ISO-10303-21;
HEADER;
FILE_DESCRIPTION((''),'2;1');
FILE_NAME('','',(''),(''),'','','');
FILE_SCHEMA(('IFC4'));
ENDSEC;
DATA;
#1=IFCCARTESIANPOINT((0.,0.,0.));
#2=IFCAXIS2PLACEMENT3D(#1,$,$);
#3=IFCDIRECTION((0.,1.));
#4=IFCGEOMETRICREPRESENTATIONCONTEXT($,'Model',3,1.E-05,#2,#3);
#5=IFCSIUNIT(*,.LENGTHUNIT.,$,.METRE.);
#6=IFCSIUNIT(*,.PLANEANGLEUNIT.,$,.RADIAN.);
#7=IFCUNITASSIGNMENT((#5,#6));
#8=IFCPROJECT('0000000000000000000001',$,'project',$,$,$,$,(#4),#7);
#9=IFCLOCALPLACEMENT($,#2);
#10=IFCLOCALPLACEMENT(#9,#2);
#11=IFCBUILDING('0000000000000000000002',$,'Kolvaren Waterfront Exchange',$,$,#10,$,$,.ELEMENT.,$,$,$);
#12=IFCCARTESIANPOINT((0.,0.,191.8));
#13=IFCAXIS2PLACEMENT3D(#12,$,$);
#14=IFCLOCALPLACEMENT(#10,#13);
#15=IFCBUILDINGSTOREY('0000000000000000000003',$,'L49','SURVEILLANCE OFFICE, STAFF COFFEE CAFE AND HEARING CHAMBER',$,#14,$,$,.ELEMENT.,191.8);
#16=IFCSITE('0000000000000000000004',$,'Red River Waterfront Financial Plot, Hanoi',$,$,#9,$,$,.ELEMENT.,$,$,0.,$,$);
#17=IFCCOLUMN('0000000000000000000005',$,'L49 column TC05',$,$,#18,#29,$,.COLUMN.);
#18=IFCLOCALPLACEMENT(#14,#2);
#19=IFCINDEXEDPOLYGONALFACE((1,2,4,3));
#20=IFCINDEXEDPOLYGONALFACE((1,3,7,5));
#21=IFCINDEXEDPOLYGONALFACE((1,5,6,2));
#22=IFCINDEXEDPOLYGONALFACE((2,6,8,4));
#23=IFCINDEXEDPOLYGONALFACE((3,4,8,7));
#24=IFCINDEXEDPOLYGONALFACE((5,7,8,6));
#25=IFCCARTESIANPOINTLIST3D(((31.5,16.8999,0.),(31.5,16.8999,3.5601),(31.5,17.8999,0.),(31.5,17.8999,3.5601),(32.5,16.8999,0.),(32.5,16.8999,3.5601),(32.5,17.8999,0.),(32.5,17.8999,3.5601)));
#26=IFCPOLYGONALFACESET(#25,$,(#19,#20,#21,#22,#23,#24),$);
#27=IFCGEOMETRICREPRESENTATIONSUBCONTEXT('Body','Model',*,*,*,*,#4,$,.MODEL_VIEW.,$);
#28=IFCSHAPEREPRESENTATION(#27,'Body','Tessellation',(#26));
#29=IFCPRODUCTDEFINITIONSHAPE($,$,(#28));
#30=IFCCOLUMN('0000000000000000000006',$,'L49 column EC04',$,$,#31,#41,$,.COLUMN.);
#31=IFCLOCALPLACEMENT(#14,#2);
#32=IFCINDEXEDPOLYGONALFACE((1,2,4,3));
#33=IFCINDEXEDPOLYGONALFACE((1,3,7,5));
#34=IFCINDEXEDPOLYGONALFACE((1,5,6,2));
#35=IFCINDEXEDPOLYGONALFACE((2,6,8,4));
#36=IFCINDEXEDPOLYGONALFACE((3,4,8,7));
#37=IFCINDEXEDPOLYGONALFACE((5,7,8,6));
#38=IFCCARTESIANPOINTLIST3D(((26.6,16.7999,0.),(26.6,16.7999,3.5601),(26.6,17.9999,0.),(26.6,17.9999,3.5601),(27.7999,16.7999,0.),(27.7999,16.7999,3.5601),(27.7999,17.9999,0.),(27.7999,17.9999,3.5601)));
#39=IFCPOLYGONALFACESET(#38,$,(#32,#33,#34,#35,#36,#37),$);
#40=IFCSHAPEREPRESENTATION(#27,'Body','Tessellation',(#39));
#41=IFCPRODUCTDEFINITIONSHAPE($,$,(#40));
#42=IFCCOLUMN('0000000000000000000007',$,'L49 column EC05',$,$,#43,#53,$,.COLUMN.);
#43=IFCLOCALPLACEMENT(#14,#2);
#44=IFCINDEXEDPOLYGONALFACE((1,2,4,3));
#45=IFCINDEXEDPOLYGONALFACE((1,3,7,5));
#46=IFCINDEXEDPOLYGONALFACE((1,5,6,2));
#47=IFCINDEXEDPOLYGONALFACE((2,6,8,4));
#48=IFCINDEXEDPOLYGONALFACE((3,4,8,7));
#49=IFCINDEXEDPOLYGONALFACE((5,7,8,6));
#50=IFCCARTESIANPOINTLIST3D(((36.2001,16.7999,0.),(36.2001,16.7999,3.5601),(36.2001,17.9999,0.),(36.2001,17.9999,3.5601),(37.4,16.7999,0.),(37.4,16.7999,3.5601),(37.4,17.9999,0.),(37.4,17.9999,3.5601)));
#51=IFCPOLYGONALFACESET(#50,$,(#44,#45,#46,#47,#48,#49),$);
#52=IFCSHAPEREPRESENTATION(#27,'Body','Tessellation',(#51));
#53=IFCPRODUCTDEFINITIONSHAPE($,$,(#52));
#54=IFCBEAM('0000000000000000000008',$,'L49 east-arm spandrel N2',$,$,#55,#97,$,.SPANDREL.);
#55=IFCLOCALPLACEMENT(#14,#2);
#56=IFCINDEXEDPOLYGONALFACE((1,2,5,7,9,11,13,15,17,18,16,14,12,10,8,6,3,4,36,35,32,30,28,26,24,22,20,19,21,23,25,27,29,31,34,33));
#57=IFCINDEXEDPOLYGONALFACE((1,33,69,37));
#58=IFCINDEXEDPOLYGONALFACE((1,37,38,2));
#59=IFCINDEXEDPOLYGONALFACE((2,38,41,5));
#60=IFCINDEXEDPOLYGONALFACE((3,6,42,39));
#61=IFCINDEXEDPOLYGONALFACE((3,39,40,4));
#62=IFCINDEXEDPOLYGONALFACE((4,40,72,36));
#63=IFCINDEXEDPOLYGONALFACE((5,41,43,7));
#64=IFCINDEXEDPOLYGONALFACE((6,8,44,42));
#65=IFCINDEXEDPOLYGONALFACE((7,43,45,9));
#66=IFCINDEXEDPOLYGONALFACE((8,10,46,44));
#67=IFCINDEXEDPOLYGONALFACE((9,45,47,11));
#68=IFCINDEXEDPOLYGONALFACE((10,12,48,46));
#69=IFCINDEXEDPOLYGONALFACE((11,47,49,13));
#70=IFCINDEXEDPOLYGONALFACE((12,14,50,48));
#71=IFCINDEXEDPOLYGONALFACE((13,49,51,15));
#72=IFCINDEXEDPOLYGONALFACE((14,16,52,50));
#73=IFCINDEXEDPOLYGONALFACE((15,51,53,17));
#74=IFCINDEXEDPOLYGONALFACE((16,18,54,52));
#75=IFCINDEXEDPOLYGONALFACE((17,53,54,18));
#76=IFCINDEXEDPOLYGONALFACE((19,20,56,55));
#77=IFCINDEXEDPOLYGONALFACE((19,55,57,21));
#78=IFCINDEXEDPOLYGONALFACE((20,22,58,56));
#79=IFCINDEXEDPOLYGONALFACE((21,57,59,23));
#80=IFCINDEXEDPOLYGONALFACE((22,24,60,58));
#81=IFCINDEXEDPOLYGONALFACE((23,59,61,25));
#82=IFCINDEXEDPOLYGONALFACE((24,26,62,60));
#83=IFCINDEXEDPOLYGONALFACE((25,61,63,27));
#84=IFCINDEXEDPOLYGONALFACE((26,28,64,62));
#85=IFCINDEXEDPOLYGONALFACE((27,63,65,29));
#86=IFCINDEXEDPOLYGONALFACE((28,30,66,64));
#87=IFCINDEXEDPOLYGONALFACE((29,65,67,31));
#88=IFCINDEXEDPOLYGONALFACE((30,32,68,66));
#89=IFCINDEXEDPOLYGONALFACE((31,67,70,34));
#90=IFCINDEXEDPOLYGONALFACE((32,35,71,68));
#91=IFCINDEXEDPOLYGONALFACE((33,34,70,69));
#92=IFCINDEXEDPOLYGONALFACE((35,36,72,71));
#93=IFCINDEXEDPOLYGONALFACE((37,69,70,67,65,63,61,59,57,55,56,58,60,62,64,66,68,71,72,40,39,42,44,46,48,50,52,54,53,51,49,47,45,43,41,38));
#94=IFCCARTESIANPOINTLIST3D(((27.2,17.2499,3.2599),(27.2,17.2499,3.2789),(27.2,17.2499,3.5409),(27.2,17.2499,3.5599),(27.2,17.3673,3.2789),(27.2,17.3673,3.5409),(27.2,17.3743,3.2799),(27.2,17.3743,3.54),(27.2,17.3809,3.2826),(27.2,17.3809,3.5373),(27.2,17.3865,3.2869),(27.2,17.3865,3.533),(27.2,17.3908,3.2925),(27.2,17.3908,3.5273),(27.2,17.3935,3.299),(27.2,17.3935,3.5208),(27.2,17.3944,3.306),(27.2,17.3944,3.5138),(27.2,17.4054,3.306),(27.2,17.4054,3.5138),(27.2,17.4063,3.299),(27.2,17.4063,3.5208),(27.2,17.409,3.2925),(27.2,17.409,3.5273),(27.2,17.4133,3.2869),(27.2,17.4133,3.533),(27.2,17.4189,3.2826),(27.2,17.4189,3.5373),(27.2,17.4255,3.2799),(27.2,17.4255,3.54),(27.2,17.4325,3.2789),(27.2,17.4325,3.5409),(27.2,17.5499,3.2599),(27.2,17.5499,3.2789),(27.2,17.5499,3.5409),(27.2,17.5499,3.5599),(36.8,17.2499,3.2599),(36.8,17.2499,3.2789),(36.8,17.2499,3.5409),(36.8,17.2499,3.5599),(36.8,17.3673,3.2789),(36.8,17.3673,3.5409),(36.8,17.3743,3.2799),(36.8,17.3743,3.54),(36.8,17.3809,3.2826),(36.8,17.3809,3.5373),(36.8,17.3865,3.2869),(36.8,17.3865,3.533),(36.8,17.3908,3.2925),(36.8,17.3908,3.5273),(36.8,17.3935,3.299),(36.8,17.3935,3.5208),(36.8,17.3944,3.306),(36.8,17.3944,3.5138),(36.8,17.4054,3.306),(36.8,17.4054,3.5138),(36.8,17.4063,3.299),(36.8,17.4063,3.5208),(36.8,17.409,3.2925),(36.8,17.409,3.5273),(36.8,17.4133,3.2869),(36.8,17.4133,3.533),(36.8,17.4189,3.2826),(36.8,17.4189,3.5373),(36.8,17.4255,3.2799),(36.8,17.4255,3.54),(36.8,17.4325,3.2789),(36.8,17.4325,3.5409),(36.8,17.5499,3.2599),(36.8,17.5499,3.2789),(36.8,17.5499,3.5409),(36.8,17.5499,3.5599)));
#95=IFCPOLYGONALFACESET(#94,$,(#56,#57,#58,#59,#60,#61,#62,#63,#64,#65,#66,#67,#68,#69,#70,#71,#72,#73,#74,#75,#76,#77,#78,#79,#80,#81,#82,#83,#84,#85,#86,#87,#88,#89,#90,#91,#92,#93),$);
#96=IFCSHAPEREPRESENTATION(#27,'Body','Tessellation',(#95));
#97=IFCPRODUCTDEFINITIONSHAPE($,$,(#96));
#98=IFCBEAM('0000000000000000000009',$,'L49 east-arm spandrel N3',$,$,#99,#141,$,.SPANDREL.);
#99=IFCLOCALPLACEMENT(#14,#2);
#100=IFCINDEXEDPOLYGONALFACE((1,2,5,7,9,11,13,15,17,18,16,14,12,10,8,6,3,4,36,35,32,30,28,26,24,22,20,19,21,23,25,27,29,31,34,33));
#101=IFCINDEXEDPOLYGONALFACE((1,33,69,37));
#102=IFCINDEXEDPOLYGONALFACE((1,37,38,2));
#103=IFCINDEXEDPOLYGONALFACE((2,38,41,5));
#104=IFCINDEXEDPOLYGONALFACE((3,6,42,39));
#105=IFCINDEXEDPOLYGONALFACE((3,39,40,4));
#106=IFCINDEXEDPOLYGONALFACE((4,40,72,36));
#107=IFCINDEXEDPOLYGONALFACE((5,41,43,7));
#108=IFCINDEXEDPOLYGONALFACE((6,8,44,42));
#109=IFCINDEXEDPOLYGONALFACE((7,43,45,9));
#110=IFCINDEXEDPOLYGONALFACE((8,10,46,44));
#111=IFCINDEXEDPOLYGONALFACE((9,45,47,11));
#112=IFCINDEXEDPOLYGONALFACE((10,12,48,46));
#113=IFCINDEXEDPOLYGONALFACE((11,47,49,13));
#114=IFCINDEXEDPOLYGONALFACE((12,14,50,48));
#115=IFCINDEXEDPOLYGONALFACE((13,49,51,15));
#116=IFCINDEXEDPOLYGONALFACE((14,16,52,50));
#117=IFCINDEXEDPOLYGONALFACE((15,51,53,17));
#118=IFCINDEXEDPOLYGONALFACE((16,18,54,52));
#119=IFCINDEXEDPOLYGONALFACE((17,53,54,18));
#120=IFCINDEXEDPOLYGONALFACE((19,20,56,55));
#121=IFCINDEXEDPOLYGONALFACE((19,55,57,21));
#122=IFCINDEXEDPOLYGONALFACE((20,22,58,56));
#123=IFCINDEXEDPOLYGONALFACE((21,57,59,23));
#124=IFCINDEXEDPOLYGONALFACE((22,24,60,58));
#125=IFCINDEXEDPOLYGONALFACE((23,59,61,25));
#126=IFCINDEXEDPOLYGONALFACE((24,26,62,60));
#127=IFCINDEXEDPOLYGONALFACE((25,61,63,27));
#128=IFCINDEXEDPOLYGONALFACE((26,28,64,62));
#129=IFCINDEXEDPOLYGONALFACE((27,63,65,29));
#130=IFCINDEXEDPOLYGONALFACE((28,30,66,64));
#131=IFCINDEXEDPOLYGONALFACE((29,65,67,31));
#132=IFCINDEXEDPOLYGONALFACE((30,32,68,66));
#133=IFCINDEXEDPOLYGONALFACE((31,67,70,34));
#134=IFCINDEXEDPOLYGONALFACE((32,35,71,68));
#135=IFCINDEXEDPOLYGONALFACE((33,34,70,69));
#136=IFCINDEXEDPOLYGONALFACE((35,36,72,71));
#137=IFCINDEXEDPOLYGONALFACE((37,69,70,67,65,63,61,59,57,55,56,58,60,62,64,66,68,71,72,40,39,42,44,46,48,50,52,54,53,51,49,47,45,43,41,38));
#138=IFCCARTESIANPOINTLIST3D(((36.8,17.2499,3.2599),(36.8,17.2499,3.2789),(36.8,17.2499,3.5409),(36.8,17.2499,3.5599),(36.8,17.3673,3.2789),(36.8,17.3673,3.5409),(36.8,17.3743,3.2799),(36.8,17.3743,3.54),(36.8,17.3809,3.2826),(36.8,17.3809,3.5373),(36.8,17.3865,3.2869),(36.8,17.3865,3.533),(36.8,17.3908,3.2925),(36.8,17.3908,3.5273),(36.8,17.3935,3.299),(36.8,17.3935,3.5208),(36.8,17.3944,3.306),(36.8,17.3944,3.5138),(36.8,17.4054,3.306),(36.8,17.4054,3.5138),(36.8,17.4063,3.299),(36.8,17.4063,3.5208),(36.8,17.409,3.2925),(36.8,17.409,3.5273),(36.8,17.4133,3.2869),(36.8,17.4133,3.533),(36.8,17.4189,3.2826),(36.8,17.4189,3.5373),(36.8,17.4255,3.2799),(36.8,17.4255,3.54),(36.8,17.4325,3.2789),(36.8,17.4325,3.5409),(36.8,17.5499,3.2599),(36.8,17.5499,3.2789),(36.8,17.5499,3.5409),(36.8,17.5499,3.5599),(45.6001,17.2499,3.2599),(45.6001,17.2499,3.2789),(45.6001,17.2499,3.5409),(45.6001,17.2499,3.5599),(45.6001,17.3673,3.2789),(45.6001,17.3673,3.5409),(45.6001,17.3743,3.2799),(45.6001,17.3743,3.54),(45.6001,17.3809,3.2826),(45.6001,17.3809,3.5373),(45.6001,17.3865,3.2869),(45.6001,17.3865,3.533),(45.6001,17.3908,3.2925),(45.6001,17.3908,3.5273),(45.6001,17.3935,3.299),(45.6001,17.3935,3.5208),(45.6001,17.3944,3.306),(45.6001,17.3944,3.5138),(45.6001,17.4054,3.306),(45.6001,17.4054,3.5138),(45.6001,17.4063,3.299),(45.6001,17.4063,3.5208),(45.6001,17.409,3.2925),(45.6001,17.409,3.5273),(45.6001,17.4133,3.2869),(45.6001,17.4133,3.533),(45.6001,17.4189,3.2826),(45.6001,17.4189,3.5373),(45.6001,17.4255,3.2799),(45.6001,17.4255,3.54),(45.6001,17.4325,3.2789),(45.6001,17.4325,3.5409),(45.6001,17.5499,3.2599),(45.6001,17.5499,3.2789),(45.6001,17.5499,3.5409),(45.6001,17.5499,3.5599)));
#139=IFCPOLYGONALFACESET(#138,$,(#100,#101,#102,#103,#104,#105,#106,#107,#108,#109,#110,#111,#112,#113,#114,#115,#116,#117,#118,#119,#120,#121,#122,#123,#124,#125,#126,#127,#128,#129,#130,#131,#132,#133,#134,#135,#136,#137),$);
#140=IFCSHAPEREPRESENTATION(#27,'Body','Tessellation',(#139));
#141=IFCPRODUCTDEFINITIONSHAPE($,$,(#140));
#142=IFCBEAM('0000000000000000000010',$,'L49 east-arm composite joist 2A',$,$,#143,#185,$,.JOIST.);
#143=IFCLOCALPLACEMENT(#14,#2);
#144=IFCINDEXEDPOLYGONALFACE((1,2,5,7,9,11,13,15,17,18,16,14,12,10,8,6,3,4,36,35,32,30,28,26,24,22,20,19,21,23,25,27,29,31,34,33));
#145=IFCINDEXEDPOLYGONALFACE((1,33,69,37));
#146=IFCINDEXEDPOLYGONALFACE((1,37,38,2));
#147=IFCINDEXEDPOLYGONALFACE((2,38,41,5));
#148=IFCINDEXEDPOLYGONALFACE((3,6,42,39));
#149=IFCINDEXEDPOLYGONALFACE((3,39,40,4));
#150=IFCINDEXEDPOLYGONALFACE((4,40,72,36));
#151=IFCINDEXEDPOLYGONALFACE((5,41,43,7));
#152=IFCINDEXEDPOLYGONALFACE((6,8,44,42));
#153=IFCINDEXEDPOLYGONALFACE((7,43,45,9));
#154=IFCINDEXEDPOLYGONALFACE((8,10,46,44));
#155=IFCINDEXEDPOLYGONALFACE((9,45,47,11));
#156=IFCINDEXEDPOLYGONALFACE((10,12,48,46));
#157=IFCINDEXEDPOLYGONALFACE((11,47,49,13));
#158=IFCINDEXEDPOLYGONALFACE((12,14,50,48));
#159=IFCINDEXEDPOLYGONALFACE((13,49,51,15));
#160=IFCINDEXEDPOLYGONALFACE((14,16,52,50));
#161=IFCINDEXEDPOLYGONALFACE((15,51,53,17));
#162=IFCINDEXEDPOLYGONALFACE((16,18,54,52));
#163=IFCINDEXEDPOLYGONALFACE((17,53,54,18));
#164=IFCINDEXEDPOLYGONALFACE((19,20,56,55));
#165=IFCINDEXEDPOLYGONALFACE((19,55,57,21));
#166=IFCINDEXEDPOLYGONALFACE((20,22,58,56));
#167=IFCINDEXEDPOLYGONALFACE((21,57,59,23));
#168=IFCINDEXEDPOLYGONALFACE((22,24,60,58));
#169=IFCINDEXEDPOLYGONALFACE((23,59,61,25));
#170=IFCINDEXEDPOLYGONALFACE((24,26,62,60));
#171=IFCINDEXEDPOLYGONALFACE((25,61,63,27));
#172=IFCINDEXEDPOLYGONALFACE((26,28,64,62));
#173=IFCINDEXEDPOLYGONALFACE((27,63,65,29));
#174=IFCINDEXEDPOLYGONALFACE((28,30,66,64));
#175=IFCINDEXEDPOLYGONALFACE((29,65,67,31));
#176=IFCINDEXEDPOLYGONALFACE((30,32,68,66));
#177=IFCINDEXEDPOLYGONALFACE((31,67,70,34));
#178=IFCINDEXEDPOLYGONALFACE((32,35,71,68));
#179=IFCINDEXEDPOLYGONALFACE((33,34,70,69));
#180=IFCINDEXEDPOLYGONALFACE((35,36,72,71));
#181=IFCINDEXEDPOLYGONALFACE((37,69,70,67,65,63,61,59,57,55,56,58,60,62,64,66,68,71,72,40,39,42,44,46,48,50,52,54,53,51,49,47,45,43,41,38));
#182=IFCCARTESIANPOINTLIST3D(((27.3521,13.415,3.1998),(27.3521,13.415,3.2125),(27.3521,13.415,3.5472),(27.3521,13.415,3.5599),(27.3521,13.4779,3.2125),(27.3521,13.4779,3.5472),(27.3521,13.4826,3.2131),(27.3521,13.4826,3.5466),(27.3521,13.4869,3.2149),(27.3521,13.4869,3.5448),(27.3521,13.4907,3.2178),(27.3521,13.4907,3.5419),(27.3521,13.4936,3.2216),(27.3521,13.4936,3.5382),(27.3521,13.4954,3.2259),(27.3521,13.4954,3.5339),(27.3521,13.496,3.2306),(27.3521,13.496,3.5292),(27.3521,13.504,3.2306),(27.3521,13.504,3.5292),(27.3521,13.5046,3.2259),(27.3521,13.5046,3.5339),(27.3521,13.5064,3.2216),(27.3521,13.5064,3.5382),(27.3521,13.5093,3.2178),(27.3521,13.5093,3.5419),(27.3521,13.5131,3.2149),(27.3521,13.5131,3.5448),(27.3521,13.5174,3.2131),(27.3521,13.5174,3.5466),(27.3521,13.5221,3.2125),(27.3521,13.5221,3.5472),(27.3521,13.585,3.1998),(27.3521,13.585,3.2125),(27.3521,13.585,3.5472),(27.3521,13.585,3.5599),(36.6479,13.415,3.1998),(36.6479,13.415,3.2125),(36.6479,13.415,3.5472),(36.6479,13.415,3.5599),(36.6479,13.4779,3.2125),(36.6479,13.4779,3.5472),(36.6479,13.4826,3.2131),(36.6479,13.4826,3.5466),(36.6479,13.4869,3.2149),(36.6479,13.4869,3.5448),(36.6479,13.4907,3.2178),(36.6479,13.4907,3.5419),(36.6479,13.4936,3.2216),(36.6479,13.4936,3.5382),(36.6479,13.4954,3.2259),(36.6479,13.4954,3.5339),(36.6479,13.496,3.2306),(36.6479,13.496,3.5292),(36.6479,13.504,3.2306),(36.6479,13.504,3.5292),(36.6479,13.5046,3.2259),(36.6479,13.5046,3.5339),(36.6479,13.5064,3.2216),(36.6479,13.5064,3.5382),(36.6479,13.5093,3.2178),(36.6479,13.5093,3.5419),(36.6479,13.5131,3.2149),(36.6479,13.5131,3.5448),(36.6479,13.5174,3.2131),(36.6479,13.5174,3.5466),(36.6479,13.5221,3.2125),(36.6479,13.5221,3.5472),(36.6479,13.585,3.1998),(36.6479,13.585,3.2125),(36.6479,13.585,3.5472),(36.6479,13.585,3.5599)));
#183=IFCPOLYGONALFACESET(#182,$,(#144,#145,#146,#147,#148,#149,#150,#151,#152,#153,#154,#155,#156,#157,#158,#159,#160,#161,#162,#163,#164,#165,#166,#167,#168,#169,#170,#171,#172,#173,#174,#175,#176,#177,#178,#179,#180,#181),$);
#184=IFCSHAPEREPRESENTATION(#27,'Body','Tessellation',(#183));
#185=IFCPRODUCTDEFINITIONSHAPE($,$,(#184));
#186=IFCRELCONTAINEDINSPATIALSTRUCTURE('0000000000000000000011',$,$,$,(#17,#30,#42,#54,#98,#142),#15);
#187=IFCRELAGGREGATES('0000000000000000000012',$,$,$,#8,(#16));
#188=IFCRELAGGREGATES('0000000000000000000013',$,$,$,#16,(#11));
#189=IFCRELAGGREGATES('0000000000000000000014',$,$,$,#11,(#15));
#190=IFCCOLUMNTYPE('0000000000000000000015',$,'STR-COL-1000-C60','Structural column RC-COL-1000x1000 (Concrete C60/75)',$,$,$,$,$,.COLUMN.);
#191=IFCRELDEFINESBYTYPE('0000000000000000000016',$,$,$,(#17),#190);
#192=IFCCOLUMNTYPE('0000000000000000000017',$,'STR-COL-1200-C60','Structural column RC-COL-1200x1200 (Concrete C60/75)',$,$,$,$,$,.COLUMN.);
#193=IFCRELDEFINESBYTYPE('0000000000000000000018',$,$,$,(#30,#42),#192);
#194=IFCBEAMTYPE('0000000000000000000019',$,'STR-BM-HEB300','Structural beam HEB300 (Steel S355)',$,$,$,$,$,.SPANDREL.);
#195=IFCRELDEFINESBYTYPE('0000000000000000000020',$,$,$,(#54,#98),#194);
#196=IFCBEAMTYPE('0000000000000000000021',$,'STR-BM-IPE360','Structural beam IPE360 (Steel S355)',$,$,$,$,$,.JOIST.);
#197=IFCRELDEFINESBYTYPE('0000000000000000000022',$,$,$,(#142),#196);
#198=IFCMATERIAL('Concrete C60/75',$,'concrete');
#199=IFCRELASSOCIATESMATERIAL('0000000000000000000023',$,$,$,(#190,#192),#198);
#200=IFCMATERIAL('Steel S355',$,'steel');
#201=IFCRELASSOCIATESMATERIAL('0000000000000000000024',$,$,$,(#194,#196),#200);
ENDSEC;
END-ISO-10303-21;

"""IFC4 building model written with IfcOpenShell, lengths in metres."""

from ifc_helpers import new_model, si_unit, direction, frame, origin, origin_2d, place, context, subcontext, project, spatial, rectangle, i_section, extrude, material, material_profile, profile_set, type_object, element, save


model = new_model("IFC4")

# Units and contexts
model_context = context("Model", 3, precision=1e-05, world=origin(), true_north=direction((0.0, 1.0)))
body_context = subcontext(model_context, "Body", "Model", "MODEL_VIEW")
ifc_project = project(units=[si_unit("LENGTHUNIT", "METRE"), si_unit("PLANEANGLEUNIT", "RADIAN")], contexts=[model_context])

# Site, building, storey
site_placement = place(None, origin())
site = spatial("IfcSite", under=ifc_project, at=site_placement, Name="Red River Waterfront Financial Plot, Hanoi", CompositionType="ELEMENT", RefElevation=0.0)
building_placement = place(site_placement, origin())
building = spatial("IfcBuilding", under=site, at=building_placement, Name="Kolvaren Waterfront Exchange", CompositionType="ELEMENT")
storey_placement = place(building_placement, frame((0.0, 0.0, 191.8)))
storey = spatial("IfcBuildingStorey", under=building, at=storey_placement, Name="L49", Description="SURVEILLANCE OFFICE, STAFF COFFEE CAFE AND HEARING CHAMBER", CompositionType="ELEMENT", Elevation=191.8)

# Columns
ifc_material_1 = material(Name="Concrete C60/75", Category="concrete")
ifc_material_profile_1 = material_profile(ifc_material_1, rectangle(XDim=1.0, YDim=1.0, at=origin_2d()), Name="RC-COL-1000x1000")
ifc_profile_set_1 = profile_set([ifc_material_profile_1], Name="Concrete C60/75")
column_type_1 = type_object("IfcColumnType", Name="STR-COL-1000-C60", Description="Structural column RC-COL-1000x1000 (Concrete C60/75)", PredefinedType="COLUMN", material=ifc_profile_set_1)
column_placement = place(storey_placement, frame((32.0, 17.3999, 0.0), z_axis=(0.0, 0.0, 1.0), x_axis=(1.0, 0.0, 0.0)))
element("IfcColumn", 1, at=column_placement, inside=storey, type_object=column_type_1, Name="L49 column TC05", PredefinedType="COLUMN", context=body_context, shape_type="SweptSolid", body=[
    extrude(rectangle(XDim=1.0, YDim=1.0, at=origin_2d()), origin(), (0.0, 0.0, 1.0), 3.5601),
])
ifc_material_profile_2 = material_profile(ifc_material_1, rectangle(XDim=1.2, YDim=1.2, at=origin_2d()), Name="RC-COL-1200x1200")
ifc_profile_set_2 = profile_set([ifc_material_profile_2], Name="Concrete C60/75")
column_type_2 = type_object("IfcColumnType", Name="STR-COL-1200-C60", Description="Structural column RC-COL-1200x1200 (Concrete C60/75)", PredefinedType="COLUMN", material=ifc_profile_set_2)
for number, where, z_axis, x_axis, name in (
    (2, (27.2, 17.3999, 0.0), (0.0, 0.0, 1.0), (1.0, 0.0, 0.0), "L49 column EC04"),
    (3, (36.8, 17.3999, 0.0), (0.0, 0.0, 1.0), (1.0, 0.0, 0.0), "L49 column EC05"),
):
    element("IfcColumn", number, at=place(storey_placement, frame(where, z_axis=z_axis, x_axis=x_axis)), inside=storey, type_object=column_type_2, Name=name, PredefinedType="COLUMN", context=body_context, shape_type="SweptSolid", body=[
        extrude(rectangle(XDim=1.2, YDim=1.2, at=origin_2d()), origin(), (0.0, 0.0, 1.0), 3.5601),
    ])

# Beams
ifc_material_2 = material(Name="Steel S355", Category="steel")
ifc_material_profile_3 = material_profile(ifc_material_2, i_section(OverallWidth=0.3, OverallDepth=0.3, WebThickness=0.011, FlangeThickness=0.019, FilletRadius=0.0271, at=origin_2d()), Name="HEB300")
ifc_profile_set_3 = profile_set([ifc_material_profile_3], Name="Steel S355")
beam_type_1 = type_object("IfcBeamType", Name="STR-BM-HEB300", Description="Structural beam HEB300 (Steel S355)", PredefinedType="SPANDREL", material=ifc_profile_set_3)
beam_1_placement = place(storey_placement, frame((27.2, 17.3999, 3.4099), z_axis=(1.0, 0.0, 0.0), x_axis=(0.0, 1.0, 0.0)))
element("IfcBeam", 4, at=beam_1_placement, inside=storey, type_object=beam_type_1, Name="L49 east-arm spandrel N2", PredefinedType="SPANDREL", context=body_context, shape_type="SweptSolid", body=[
    extrude(i_section(OverallWidth=0.3, OverallDepth=0.3, WebThickness=0.011, FlangeThickness=0.019, FilletRadius=0.0271, at=origin_2d()), origin(), (0.0, 0.0, 1.0), 9.6001),
])
beam_2_placement = place(storey_placement, frame((36.8, 17.3999, 3.4099), z_axis=(1.0, 0.0, 0.0), x_axis=(0.0, 1.0, 0.0)))
element("IfcBeam", 5, at=beam_2_placement, inside=storey, type_object=beam_type_1, Name="L49 east-arm spandrel N3", PredefinedType="SPANDREL", context=body_context, shape_type="SweptSolid", body=[
    extrude(i_section(OverallWidth=0.3, OverallDepth=0.3, WebThickness=0.011, FlangeThickness=0.019, FilletRadius=0.0271, at=origin_2d()), origin(), (0.0, 0.0, 1.0), 8.8),
])
ifc_material_profile_4 = material_profile(ifc_material_2, i_section(OverallWidth=0.1699, OverallDepth=0.3601, WebThickness=0.0081, FlangeThickness=0.0127, FilletRadius=0.0181, at=origin_2d()), Name="IPE360")
ifc_profile_set_4 = profile_set([ifc_material_profile_4], Name="Steel S355")
beam_type_2 = type_object("IfcBeamType", Name="STR-BM-IPE360", Description="Structural beam IPE360 (Steel S355)", PredefinedType="JOIST", material=ifc_profile_set_4)
for number, where, z_axis, x_axis, name in (
    (6, (27.3521, 13.5, 3.3799), (1.0, 0.0, 0.0), (0.0, 1.0, 0.0), "L49 east-arm composite joist 2A"),
):
    element("IfcBeam", number, at=place(storey_placement, frame(where, z_axis=z_axis, x_axis=x_axis)), inside=storey, type_object=beam_type_2, Name=name, PredefinedType="JOIST", context=body_context, shape_type="SweptSolid", body=[
        extrude(i_section(OverallWidth=0.1699, OverallDepth=0.3601, WebThickness=0.0081, FlangeThickness=0.0127, FilletRadius=0.0181, at=origin_2d()), origin(), (0.0, 0.0, 1.0), 9.2959),
    ])

save(model, "model.ifc")
